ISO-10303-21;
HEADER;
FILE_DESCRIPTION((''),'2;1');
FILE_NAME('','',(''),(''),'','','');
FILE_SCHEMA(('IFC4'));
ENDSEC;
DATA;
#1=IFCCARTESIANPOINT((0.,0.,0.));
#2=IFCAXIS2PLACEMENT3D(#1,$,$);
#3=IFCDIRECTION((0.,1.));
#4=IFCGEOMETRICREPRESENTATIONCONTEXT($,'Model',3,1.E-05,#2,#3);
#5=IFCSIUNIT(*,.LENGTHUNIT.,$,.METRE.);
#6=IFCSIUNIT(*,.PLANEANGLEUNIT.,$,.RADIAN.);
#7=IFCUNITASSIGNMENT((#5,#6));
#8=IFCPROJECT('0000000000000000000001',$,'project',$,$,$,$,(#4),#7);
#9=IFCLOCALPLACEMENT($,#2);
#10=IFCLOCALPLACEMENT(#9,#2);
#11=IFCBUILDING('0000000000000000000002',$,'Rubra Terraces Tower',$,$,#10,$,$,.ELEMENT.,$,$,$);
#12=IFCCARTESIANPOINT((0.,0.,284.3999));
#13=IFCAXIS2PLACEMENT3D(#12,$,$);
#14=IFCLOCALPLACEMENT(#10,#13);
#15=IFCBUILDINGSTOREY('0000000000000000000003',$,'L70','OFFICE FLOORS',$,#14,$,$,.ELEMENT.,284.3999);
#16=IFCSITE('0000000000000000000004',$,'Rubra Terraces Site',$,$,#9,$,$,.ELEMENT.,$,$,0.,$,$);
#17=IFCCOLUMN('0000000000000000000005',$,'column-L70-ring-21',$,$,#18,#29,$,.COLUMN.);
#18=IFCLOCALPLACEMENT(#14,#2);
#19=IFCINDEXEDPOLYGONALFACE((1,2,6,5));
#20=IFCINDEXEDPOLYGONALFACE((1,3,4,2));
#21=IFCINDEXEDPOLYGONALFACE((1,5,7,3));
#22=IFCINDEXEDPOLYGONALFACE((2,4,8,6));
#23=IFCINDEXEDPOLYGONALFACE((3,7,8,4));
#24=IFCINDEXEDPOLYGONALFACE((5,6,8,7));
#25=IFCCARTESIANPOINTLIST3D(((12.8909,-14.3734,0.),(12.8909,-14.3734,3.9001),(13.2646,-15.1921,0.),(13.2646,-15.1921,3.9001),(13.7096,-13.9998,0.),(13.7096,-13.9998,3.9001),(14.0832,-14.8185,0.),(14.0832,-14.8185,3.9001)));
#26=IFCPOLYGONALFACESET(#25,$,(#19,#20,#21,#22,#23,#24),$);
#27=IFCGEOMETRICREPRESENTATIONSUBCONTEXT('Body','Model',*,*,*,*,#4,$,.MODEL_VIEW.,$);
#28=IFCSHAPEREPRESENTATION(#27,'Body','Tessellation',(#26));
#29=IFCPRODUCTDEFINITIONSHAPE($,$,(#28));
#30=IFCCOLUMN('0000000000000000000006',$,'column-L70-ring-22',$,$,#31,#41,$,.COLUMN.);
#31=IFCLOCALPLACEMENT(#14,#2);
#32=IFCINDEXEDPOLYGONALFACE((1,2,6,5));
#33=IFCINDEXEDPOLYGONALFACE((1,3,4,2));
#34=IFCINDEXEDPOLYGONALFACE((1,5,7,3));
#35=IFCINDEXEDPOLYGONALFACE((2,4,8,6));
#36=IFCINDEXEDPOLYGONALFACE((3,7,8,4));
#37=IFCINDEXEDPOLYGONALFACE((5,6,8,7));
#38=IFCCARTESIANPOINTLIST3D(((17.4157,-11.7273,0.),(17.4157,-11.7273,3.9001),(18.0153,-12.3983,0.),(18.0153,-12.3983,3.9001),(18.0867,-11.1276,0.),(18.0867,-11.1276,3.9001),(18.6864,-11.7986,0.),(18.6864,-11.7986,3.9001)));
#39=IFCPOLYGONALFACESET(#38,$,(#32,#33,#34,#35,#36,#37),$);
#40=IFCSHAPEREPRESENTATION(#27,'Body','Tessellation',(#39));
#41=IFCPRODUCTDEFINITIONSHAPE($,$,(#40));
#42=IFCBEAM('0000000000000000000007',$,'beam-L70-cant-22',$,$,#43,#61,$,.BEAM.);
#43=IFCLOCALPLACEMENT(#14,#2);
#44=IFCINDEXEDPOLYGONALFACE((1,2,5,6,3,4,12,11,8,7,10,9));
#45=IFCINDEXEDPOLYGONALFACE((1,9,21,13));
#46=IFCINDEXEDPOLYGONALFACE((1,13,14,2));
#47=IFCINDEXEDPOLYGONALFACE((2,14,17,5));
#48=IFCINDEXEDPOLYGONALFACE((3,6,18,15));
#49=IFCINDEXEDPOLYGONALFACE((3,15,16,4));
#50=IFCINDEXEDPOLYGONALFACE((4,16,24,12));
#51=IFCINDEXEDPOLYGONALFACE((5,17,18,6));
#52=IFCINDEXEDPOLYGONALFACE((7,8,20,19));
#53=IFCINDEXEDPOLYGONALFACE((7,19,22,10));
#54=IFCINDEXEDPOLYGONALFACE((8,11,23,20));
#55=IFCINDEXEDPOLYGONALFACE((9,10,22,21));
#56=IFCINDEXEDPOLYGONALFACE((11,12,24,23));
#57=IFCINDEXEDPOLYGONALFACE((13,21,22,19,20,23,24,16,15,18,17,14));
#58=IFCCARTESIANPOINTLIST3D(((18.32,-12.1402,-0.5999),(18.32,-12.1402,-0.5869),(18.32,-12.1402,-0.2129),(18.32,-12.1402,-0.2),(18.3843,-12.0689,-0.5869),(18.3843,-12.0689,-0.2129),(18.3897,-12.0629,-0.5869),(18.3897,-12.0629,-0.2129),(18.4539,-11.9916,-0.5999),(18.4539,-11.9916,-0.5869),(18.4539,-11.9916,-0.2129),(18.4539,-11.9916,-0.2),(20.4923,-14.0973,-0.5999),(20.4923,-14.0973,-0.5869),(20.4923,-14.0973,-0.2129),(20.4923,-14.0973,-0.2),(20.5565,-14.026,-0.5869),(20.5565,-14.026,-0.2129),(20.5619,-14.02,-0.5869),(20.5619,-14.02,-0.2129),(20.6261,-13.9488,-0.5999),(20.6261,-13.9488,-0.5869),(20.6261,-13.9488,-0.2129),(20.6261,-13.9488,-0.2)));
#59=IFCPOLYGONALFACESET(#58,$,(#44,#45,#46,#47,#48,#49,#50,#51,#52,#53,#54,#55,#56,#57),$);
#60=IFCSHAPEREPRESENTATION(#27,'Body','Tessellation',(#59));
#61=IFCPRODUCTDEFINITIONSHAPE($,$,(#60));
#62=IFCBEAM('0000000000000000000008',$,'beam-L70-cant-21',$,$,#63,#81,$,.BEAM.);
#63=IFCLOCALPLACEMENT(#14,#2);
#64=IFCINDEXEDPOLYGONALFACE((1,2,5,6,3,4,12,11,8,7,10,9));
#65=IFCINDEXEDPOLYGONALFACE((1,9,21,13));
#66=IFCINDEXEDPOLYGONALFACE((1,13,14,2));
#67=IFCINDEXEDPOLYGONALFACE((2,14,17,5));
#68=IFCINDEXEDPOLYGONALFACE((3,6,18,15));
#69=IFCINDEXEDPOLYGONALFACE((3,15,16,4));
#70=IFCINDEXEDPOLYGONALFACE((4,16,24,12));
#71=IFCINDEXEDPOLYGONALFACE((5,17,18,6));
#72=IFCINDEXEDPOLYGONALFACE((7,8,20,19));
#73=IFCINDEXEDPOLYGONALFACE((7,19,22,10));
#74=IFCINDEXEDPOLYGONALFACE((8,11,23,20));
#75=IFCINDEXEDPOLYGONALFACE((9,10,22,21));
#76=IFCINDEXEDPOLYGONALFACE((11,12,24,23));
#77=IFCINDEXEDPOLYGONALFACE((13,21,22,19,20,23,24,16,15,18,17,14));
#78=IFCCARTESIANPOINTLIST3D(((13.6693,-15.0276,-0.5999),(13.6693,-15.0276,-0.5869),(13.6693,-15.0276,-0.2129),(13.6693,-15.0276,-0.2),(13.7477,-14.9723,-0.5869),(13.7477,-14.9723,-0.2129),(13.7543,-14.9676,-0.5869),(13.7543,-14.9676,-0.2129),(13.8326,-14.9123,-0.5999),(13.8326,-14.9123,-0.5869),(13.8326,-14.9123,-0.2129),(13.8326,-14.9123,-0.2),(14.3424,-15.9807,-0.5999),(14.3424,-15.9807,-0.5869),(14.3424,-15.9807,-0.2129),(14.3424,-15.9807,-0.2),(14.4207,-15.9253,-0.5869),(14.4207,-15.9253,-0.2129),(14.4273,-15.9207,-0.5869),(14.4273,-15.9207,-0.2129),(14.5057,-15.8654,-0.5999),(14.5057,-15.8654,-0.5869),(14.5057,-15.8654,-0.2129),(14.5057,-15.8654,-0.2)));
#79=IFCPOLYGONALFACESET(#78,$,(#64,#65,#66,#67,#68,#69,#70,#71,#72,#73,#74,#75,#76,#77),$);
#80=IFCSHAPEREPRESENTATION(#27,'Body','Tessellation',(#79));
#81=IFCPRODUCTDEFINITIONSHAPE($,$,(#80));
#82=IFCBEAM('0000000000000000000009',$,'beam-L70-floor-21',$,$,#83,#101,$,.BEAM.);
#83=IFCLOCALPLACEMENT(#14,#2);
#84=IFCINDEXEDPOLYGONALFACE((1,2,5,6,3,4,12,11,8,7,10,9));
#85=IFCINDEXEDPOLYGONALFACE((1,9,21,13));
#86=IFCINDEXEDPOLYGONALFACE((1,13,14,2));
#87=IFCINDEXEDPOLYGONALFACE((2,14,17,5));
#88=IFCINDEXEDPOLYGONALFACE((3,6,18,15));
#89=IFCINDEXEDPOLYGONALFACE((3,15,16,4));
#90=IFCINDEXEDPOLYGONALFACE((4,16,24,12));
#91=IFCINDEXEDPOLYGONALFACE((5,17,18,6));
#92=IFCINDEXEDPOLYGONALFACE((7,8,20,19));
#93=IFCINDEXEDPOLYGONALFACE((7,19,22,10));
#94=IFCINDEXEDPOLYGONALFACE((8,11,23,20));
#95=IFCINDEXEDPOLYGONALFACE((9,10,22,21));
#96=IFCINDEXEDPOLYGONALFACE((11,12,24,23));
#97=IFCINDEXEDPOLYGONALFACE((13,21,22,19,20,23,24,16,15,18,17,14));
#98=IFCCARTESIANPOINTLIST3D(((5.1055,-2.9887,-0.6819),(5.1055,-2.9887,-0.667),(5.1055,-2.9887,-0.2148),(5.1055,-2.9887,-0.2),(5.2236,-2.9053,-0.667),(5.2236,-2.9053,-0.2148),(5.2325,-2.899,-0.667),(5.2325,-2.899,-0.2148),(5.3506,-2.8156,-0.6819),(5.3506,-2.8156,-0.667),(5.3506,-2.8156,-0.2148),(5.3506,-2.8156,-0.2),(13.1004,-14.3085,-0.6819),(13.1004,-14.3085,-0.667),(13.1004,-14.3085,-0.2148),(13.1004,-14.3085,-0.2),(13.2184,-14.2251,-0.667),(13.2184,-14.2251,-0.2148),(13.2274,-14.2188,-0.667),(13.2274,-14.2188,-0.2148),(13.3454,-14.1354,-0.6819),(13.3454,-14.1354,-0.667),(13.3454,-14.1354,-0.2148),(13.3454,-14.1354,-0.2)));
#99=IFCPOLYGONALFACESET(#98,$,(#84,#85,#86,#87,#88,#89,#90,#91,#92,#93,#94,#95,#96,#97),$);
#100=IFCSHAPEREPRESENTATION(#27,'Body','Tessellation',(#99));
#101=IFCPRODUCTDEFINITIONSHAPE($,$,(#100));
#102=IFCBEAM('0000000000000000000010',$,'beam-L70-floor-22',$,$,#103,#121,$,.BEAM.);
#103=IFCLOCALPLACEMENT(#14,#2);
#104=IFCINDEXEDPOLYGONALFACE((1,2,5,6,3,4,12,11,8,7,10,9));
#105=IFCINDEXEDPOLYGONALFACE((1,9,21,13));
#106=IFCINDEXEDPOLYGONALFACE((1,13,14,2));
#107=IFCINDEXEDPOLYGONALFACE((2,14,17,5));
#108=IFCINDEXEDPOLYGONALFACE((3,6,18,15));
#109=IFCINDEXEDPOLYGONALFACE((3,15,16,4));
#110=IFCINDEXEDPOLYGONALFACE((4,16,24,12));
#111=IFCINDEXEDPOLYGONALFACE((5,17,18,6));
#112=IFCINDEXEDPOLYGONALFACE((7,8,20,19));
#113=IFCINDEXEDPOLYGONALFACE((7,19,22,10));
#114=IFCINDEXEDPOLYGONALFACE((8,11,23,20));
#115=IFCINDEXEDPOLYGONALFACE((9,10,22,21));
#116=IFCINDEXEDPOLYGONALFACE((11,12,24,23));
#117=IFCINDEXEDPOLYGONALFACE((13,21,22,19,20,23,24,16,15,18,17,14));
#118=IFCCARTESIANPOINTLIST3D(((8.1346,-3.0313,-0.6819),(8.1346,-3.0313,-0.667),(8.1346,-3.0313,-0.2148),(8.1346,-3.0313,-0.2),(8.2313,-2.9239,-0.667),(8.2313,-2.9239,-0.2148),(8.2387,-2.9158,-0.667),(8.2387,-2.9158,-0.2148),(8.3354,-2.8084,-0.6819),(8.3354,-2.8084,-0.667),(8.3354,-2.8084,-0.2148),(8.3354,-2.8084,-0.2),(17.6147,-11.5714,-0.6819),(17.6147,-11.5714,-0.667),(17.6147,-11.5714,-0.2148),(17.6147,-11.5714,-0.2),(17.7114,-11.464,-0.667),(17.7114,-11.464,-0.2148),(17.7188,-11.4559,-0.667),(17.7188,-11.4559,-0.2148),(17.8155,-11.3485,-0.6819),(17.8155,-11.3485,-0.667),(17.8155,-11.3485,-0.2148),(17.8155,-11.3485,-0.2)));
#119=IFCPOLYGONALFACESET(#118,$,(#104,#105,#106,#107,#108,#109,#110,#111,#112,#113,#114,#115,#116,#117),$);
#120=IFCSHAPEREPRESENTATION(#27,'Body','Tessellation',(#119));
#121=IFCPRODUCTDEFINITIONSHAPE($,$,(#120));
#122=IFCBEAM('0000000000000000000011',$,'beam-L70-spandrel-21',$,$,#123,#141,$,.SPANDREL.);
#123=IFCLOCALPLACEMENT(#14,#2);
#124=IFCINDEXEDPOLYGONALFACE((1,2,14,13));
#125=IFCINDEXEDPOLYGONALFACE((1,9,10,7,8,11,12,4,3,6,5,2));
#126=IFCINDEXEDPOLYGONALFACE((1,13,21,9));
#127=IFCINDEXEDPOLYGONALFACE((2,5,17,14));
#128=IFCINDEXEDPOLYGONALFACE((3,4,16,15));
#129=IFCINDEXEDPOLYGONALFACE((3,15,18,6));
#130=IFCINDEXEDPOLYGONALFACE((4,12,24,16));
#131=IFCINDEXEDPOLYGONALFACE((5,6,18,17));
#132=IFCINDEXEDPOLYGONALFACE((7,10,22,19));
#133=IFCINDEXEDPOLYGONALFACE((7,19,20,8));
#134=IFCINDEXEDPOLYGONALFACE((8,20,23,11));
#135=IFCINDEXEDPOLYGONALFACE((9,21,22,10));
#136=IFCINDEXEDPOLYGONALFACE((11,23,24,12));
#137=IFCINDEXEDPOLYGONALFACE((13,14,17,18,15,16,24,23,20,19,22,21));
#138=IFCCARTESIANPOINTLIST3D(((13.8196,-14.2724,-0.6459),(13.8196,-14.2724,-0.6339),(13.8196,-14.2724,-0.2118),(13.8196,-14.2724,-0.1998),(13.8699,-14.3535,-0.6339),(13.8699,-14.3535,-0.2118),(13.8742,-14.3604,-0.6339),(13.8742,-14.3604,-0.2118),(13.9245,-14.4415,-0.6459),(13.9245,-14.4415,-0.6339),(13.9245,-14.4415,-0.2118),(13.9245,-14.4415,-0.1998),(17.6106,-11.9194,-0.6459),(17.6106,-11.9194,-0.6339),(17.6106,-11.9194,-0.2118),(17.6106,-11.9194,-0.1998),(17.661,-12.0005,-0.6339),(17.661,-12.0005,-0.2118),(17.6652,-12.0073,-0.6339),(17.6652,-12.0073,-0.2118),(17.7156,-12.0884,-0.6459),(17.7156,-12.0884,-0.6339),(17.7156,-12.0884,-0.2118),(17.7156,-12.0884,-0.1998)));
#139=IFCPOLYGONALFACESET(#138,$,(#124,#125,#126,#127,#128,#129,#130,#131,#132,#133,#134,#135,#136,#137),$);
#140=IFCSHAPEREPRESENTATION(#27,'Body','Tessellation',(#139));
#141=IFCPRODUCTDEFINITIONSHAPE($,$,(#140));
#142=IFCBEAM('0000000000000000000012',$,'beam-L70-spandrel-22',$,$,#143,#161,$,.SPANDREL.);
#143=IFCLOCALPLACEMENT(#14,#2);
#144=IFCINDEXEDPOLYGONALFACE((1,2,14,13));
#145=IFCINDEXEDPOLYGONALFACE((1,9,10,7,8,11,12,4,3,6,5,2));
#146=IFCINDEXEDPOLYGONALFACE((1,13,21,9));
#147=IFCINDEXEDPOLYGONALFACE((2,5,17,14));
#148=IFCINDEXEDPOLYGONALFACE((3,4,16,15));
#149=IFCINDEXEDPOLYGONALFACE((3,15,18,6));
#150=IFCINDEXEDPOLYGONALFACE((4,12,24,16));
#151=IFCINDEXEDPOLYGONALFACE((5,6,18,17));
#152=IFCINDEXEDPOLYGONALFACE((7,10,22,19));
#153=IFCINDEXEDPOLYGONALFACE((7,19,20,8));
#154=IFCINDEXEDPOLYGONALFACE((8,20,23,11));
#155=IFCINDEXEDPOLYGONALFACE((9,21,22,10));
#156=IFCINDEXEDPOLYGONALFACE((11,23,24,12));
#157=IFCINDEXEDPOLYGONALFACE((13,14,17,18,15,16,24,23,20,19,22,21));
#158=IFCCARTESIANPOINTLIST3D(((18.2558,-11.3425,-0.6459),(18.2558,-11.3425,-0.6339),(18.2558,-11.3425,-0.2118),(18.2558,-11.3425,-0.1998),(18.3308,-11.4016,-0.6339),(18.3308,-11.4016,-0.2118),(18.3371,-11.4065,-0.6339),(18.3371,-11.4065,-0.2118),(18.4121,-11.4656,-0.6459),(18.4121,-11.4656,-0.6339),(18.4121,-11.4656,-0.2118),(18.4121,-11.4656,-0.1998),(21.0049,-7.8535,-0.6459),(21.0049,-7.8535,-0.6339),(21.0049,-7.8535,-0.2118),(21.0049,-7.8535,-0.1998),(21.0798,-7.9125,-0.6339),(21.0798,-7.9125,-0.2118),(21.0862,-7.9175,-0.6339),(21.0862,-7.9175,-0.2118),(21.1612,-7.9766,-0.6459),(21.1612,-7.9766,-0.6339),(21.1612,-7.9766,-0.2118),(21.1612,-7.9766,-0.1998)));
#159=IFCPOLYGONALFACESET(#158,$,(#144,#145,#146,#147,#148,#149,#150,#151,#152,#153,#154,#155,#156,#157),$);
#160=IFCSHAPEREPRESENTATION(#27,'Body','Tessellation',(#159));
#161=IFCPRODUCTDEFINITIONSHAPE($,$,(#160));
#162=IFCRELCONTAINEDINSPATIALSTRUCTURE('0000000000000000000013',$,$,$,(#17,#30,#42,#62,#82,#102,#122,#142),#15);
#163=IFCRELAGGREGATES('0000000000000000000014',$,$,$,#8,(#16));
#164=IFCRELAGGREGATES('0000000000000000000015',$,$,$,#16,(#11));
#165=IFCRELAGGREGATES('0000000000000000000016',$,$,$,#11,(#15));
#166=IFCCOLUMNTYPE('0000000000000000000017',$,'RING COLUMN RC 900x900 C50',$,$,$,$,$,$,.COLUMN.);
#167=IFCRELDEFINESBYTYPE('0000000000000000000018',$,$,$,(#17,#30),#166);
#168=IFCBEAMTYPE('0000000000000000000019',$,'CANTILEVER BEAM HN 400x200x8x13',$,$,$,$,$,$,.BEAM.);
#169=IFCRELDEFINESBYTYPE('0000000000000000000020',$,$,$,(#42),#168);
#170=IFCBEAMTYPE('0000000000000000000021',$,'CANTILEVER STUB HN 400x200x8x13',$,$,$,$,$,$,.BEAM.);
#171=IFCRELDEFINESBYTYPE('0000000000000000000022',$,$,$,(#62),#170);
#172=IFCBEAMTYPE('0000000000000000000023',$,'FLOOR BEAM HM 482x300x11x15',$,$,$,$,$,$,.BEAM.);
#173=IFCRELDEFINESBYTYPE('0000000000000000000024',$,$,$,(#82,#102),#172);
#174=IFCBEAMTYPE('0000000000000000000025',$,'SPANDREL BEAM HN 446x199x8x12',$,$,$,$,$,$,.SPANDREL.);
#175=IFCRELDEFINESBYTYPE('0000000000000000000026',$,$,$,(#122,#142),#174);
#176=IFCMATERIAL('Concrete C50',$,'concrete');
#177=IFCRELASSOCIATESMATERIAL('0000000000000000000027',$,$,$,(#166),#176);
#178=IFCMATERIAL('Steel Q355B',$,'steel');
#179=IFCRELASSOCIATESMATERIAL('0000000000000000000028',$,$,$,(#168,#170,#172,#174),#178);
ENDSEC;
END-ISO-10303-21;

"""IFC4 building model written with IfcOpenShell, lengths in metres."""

from ifc_helpers import new_model, si_unit, direction, frame, origin, origin_2d, place, context, subcontext, project, spatial, rectangle, i_section, extrude, material, material_profile, profile_set, type_object, element, save


model = new_model("IFC4")

# Units and contexts
model_context = context("Model", 3, precision=1e-05, world=origin(), true_north=direction((0.0, 1.0)))
body_context = subcontext(model_context, "Body", "Model", "MODEL_VIEW")
ifc_project = project(units=[si_unit("LENGTHUNIT", "METRE"), si_unit("PLANEANGLEUNIT", "RADIAN")], contexts=[model_context])

# Site, building, storey
site_placement = place(None, origin())
site = spatial("IfcSite", under=ifc_project, at=site_placement, Name="Rubra Terraces Site", CompositionType="ELEMENT", RefElevation=0.0)
building_placement = place(site_placement, origin())
building = spatial("IfcBuilding", under=site, at=building_placement, Name="Rubra Terraces Tower", CompositionType="ELEMENT")
storey_placement = place(building_placement, frame((0.0, 0.0, 284.3999)))
storey = spatial("IfcBuildingStorey", under=building, at=storey_placement, Name="L70", Description="OFFICE FLOORS", CompositionType="ELEMENT", Elevation=284.3999)

# Columns
ifc_material_1 = material(Name="Concrete C50", Category="concrete")
ifc_material_profile_1 = material_profile(ifc_material_1, rectangle(XDim=0.8999, YDim=0.8999, at=origin_2d()), Name="RC 900x900")
ifc_profile_set_1 = profile_set([ifc_material_profile_1], Name="Concrete C50")
column_type = type_object("IfcColumnType", Name="RING COLUMN RC 900x900 C50", PredefinedType="COLUMN", material=ifc_profile_set_1)
for number, where, z_axis, x_axis, name in (
    (1, (13.4871, -14.5959, 0.0), (0.0, 0.0, 1.0), (0.909726, 0.415208, 0.0), "column-L70-ring-21"),
    (2, (18.051, -11.7629, 0.0), (0.0, 0.0, 1.0), (0.745642, 0.666347, 0.0), "column-L70-ring-22"),
):
    element("IfcColumn", number, at=place(storey_placement, frame(where, z_axis=z_axis, x_axis=x_axis)), inside=storey, type_object=column_type, Name=name, PredefinedType="COLUMN", context=body_context, shape_type="SweptSolid", body=[
        extrude(rectangle(XDim=0.8999, YDim=0.8999, at=origin_2d()), origin(), (0.0, 0.0, 1.0), 3.9001),
    ])

# Beams
ifc_material_2 = material(Name="Steel Q355B", Category="steel")
ifc_material_profile_2 = material_profile(ifc_material_2, i_section(OverallWidth=0.2, OverallDepth=0.3999, WebThickness=0.0081, FlangeThickness=0.0129, at=origin_2d()), Name="HN 400x200x8x13")
ifc_profile_set_2 = profile_set([ifc_material_profile_2], Name="Steel Q355B")
beam_type_1 = type_object("IfcBeamType", Name="CANTILEVER BEAM HN 400x200x8x13", PredefinedType="BEAM", material=ifc_profile_set_2)
beam_1_placement = place(storey_placement, frame((18.387, -12.0659, -0.3999), z_axis=(0.742933, -0.669366, 0.0), x_axis=(0.669366, 0.742933, 0.0)))
element("IfcBeam", 3, at=beam_1_placement, inside=storey, type_object=beam_type_1, Name="beam-L70-cant-22", PredefinedType="BEAM", context=body_context, shape_type="SweptSolid", body=[
    extrude(i_section(OverallWidth=0.2, OverallDepth=0.3999, WebThickness=0.0081, FlangeThickness=0.0129, at=origin_2d()), origin(), (0.0, 0.0, 1.0), 2.9238),
])
ifc_material_profile_3 = material_profile(ifc_material_2, i_section(OverallWidth=0.2, OverallDepth=0.3999, WebThickness=0.0081, FlangeThickness=0.0129, at=origin_2d()), Name="HN 400x200x8x13")
ifc_profile_set_3 = profile_set([ifc_material_profile_3], Name="Steel Q355B")
beam_type_2 = type_object("IfcBeamType", Name="CANTILEVER STUB HN 400x200x8x13", PredefinedType="BEAM", material=ifc_profile_set_3)
beam_2_placement = place(storey_placement, frame((13.751, -14.97, -0.3999), z_axis=(0.576856, -0.816846, 0.0), x_axis=(0.816846, 0.576856, 0.0)))
element("IfcBeam", 4, at=beam_2_placement, inside=storey, type_object=beam_type_2, Name="beam-L70-cant-21", PredefinedType="BEAM", context=body_context, shape_type="SweptSolid", body=[
    extrude(i_section(OverallWidth=0.2, OverallDepth=0.3999, WebThickness=0.0081, FlangeThickness=0.0129, at=origin_2d()), origin(), (0.0, 0.0, 1.0), 1.1667),
])
ifc_material_profile_4 = material_profile(ifc_material_2, i_section(OverallWidth=0.3, OverallDepth=0.4819, WebThickness=0.011, FlangeThickness=0.0149, at=origin_2d()), Name="HM 482x300x11x15")
ifc_profile_set_4 = profile_set([ifc_material_profile_4], Name="Steel Q355B")
beam_type_3 = type_object("IfcBeamType", Name="FLOOR BEAM HM 482x300x11x15", PredefinedType="BEAM", material=ifc_profile_set_4)
beam_3_placement = place(storey_placement, frame((13.2229, -14.2219, -0.4409), z_axis=(-0.576896, 0.816818, 0.0), x_axis=(-0.816818, -0.576896, 0.0)))
element("IfcBeam", 5, at=beam_3_placement, inside=storey, type_object=beam_type_3, Name="beam-L70-floor-21", PredefinedType="BEAM", context=body_context, shape_type="SweptSolid", body=[
    extrude(i_section(OverallWidth=0.3, OverallDepth=0.4819, WebThickness=0.011, FlangeThickness=0.0149, at=origin_2d()), origin(), (0.0, 0.0, 1.0), 13.8584),
])
beam_4_placement = place(storey_placement, frame((17.7151, -11.46, -0.4409), z_axis=(-0.74298, 0.669314, 0.0), x_axis=(-0.669314, -0.74298, 0.0)))
element("IfcBeam", 6, at=beam_4_placement, inside=storey, type_object=beam_type_3, Name="beam-L70-floor-22", PredefinedType="BEAM", context=body_context, shape_type="SweptSolid", body=[
    extrude(i_section(OverallWidth=0.3, OverallDepth=0.4819, WebThickness=0.011, FlangeThickness=0.0149, at=origin_2d()), origin(), (0.0, 0.0, 1.0), 12.7595),
])
ifc_material_profile_5 = material_profile(ifc_material_2, i_section(OverallWidth=0.199, OverallDepth=0.446, WebThickness=0.0081, FlangeThickness=0.012, at=origin_2d()), Name="HN 446x199x8x12")
ifc_profile_set_5 = profile_set([ifc_material_profile_5], Name="Steel Q355B")
beam_type_4 = type_object("IfcBeamType", Name="SPANDREL BEAM HN 446x199x8x12", PredefinedType="SPANDREL", material=ifc_profile_set_5)
beam_5_placement = place(storey_placement, frame((13.8721, -14.3569, -0.4229), z_axis=(0.849642, 0.52736, 0.0), x_axis=(-0.52736, 0.849642, 0.0)))
element("IfcBeam", 7, at=beam_5_placement, inside=storey, type_object=beam_type_4, Name="beam-L70-spandrel-21", PredefinedType="SPANDREL", context=body_context, shape_type="SweptSolid", body=[
    extrude(i_section(OverallWidth=0.199, OverallDepth=0.446, WebThickness=0.0081, FlangeThickness=0.012, at=origin_2d()), origin(), (0.0, 0.0, 1.0), 4.4619),
])
beam_6_placement = place(storey_placement, frame((18.334, -11.4041, -0.4229), z_axis=(0.618887, 0.78548, 0.0), x_axis=(-0.78548, 0.618887, 0.0)))
element("IfcBeam", 8, at=beam_6_placement, inside=storey, type_object=beam_type_4, Name="beam-L70-spandrel-22", PredefinedType="SPANDREL", context=body_context, shape_type="SweptSolid", body=[
    extrude(i_section(OverallWidth=0.199, OverallDepth=0.446, WebThickness=0.0081, FlangeThickness=0.012, at=origin_2d()), origin(), (0.0, 0.0, 1.0), 4.4419),
])

save(model, "model.ifc")
